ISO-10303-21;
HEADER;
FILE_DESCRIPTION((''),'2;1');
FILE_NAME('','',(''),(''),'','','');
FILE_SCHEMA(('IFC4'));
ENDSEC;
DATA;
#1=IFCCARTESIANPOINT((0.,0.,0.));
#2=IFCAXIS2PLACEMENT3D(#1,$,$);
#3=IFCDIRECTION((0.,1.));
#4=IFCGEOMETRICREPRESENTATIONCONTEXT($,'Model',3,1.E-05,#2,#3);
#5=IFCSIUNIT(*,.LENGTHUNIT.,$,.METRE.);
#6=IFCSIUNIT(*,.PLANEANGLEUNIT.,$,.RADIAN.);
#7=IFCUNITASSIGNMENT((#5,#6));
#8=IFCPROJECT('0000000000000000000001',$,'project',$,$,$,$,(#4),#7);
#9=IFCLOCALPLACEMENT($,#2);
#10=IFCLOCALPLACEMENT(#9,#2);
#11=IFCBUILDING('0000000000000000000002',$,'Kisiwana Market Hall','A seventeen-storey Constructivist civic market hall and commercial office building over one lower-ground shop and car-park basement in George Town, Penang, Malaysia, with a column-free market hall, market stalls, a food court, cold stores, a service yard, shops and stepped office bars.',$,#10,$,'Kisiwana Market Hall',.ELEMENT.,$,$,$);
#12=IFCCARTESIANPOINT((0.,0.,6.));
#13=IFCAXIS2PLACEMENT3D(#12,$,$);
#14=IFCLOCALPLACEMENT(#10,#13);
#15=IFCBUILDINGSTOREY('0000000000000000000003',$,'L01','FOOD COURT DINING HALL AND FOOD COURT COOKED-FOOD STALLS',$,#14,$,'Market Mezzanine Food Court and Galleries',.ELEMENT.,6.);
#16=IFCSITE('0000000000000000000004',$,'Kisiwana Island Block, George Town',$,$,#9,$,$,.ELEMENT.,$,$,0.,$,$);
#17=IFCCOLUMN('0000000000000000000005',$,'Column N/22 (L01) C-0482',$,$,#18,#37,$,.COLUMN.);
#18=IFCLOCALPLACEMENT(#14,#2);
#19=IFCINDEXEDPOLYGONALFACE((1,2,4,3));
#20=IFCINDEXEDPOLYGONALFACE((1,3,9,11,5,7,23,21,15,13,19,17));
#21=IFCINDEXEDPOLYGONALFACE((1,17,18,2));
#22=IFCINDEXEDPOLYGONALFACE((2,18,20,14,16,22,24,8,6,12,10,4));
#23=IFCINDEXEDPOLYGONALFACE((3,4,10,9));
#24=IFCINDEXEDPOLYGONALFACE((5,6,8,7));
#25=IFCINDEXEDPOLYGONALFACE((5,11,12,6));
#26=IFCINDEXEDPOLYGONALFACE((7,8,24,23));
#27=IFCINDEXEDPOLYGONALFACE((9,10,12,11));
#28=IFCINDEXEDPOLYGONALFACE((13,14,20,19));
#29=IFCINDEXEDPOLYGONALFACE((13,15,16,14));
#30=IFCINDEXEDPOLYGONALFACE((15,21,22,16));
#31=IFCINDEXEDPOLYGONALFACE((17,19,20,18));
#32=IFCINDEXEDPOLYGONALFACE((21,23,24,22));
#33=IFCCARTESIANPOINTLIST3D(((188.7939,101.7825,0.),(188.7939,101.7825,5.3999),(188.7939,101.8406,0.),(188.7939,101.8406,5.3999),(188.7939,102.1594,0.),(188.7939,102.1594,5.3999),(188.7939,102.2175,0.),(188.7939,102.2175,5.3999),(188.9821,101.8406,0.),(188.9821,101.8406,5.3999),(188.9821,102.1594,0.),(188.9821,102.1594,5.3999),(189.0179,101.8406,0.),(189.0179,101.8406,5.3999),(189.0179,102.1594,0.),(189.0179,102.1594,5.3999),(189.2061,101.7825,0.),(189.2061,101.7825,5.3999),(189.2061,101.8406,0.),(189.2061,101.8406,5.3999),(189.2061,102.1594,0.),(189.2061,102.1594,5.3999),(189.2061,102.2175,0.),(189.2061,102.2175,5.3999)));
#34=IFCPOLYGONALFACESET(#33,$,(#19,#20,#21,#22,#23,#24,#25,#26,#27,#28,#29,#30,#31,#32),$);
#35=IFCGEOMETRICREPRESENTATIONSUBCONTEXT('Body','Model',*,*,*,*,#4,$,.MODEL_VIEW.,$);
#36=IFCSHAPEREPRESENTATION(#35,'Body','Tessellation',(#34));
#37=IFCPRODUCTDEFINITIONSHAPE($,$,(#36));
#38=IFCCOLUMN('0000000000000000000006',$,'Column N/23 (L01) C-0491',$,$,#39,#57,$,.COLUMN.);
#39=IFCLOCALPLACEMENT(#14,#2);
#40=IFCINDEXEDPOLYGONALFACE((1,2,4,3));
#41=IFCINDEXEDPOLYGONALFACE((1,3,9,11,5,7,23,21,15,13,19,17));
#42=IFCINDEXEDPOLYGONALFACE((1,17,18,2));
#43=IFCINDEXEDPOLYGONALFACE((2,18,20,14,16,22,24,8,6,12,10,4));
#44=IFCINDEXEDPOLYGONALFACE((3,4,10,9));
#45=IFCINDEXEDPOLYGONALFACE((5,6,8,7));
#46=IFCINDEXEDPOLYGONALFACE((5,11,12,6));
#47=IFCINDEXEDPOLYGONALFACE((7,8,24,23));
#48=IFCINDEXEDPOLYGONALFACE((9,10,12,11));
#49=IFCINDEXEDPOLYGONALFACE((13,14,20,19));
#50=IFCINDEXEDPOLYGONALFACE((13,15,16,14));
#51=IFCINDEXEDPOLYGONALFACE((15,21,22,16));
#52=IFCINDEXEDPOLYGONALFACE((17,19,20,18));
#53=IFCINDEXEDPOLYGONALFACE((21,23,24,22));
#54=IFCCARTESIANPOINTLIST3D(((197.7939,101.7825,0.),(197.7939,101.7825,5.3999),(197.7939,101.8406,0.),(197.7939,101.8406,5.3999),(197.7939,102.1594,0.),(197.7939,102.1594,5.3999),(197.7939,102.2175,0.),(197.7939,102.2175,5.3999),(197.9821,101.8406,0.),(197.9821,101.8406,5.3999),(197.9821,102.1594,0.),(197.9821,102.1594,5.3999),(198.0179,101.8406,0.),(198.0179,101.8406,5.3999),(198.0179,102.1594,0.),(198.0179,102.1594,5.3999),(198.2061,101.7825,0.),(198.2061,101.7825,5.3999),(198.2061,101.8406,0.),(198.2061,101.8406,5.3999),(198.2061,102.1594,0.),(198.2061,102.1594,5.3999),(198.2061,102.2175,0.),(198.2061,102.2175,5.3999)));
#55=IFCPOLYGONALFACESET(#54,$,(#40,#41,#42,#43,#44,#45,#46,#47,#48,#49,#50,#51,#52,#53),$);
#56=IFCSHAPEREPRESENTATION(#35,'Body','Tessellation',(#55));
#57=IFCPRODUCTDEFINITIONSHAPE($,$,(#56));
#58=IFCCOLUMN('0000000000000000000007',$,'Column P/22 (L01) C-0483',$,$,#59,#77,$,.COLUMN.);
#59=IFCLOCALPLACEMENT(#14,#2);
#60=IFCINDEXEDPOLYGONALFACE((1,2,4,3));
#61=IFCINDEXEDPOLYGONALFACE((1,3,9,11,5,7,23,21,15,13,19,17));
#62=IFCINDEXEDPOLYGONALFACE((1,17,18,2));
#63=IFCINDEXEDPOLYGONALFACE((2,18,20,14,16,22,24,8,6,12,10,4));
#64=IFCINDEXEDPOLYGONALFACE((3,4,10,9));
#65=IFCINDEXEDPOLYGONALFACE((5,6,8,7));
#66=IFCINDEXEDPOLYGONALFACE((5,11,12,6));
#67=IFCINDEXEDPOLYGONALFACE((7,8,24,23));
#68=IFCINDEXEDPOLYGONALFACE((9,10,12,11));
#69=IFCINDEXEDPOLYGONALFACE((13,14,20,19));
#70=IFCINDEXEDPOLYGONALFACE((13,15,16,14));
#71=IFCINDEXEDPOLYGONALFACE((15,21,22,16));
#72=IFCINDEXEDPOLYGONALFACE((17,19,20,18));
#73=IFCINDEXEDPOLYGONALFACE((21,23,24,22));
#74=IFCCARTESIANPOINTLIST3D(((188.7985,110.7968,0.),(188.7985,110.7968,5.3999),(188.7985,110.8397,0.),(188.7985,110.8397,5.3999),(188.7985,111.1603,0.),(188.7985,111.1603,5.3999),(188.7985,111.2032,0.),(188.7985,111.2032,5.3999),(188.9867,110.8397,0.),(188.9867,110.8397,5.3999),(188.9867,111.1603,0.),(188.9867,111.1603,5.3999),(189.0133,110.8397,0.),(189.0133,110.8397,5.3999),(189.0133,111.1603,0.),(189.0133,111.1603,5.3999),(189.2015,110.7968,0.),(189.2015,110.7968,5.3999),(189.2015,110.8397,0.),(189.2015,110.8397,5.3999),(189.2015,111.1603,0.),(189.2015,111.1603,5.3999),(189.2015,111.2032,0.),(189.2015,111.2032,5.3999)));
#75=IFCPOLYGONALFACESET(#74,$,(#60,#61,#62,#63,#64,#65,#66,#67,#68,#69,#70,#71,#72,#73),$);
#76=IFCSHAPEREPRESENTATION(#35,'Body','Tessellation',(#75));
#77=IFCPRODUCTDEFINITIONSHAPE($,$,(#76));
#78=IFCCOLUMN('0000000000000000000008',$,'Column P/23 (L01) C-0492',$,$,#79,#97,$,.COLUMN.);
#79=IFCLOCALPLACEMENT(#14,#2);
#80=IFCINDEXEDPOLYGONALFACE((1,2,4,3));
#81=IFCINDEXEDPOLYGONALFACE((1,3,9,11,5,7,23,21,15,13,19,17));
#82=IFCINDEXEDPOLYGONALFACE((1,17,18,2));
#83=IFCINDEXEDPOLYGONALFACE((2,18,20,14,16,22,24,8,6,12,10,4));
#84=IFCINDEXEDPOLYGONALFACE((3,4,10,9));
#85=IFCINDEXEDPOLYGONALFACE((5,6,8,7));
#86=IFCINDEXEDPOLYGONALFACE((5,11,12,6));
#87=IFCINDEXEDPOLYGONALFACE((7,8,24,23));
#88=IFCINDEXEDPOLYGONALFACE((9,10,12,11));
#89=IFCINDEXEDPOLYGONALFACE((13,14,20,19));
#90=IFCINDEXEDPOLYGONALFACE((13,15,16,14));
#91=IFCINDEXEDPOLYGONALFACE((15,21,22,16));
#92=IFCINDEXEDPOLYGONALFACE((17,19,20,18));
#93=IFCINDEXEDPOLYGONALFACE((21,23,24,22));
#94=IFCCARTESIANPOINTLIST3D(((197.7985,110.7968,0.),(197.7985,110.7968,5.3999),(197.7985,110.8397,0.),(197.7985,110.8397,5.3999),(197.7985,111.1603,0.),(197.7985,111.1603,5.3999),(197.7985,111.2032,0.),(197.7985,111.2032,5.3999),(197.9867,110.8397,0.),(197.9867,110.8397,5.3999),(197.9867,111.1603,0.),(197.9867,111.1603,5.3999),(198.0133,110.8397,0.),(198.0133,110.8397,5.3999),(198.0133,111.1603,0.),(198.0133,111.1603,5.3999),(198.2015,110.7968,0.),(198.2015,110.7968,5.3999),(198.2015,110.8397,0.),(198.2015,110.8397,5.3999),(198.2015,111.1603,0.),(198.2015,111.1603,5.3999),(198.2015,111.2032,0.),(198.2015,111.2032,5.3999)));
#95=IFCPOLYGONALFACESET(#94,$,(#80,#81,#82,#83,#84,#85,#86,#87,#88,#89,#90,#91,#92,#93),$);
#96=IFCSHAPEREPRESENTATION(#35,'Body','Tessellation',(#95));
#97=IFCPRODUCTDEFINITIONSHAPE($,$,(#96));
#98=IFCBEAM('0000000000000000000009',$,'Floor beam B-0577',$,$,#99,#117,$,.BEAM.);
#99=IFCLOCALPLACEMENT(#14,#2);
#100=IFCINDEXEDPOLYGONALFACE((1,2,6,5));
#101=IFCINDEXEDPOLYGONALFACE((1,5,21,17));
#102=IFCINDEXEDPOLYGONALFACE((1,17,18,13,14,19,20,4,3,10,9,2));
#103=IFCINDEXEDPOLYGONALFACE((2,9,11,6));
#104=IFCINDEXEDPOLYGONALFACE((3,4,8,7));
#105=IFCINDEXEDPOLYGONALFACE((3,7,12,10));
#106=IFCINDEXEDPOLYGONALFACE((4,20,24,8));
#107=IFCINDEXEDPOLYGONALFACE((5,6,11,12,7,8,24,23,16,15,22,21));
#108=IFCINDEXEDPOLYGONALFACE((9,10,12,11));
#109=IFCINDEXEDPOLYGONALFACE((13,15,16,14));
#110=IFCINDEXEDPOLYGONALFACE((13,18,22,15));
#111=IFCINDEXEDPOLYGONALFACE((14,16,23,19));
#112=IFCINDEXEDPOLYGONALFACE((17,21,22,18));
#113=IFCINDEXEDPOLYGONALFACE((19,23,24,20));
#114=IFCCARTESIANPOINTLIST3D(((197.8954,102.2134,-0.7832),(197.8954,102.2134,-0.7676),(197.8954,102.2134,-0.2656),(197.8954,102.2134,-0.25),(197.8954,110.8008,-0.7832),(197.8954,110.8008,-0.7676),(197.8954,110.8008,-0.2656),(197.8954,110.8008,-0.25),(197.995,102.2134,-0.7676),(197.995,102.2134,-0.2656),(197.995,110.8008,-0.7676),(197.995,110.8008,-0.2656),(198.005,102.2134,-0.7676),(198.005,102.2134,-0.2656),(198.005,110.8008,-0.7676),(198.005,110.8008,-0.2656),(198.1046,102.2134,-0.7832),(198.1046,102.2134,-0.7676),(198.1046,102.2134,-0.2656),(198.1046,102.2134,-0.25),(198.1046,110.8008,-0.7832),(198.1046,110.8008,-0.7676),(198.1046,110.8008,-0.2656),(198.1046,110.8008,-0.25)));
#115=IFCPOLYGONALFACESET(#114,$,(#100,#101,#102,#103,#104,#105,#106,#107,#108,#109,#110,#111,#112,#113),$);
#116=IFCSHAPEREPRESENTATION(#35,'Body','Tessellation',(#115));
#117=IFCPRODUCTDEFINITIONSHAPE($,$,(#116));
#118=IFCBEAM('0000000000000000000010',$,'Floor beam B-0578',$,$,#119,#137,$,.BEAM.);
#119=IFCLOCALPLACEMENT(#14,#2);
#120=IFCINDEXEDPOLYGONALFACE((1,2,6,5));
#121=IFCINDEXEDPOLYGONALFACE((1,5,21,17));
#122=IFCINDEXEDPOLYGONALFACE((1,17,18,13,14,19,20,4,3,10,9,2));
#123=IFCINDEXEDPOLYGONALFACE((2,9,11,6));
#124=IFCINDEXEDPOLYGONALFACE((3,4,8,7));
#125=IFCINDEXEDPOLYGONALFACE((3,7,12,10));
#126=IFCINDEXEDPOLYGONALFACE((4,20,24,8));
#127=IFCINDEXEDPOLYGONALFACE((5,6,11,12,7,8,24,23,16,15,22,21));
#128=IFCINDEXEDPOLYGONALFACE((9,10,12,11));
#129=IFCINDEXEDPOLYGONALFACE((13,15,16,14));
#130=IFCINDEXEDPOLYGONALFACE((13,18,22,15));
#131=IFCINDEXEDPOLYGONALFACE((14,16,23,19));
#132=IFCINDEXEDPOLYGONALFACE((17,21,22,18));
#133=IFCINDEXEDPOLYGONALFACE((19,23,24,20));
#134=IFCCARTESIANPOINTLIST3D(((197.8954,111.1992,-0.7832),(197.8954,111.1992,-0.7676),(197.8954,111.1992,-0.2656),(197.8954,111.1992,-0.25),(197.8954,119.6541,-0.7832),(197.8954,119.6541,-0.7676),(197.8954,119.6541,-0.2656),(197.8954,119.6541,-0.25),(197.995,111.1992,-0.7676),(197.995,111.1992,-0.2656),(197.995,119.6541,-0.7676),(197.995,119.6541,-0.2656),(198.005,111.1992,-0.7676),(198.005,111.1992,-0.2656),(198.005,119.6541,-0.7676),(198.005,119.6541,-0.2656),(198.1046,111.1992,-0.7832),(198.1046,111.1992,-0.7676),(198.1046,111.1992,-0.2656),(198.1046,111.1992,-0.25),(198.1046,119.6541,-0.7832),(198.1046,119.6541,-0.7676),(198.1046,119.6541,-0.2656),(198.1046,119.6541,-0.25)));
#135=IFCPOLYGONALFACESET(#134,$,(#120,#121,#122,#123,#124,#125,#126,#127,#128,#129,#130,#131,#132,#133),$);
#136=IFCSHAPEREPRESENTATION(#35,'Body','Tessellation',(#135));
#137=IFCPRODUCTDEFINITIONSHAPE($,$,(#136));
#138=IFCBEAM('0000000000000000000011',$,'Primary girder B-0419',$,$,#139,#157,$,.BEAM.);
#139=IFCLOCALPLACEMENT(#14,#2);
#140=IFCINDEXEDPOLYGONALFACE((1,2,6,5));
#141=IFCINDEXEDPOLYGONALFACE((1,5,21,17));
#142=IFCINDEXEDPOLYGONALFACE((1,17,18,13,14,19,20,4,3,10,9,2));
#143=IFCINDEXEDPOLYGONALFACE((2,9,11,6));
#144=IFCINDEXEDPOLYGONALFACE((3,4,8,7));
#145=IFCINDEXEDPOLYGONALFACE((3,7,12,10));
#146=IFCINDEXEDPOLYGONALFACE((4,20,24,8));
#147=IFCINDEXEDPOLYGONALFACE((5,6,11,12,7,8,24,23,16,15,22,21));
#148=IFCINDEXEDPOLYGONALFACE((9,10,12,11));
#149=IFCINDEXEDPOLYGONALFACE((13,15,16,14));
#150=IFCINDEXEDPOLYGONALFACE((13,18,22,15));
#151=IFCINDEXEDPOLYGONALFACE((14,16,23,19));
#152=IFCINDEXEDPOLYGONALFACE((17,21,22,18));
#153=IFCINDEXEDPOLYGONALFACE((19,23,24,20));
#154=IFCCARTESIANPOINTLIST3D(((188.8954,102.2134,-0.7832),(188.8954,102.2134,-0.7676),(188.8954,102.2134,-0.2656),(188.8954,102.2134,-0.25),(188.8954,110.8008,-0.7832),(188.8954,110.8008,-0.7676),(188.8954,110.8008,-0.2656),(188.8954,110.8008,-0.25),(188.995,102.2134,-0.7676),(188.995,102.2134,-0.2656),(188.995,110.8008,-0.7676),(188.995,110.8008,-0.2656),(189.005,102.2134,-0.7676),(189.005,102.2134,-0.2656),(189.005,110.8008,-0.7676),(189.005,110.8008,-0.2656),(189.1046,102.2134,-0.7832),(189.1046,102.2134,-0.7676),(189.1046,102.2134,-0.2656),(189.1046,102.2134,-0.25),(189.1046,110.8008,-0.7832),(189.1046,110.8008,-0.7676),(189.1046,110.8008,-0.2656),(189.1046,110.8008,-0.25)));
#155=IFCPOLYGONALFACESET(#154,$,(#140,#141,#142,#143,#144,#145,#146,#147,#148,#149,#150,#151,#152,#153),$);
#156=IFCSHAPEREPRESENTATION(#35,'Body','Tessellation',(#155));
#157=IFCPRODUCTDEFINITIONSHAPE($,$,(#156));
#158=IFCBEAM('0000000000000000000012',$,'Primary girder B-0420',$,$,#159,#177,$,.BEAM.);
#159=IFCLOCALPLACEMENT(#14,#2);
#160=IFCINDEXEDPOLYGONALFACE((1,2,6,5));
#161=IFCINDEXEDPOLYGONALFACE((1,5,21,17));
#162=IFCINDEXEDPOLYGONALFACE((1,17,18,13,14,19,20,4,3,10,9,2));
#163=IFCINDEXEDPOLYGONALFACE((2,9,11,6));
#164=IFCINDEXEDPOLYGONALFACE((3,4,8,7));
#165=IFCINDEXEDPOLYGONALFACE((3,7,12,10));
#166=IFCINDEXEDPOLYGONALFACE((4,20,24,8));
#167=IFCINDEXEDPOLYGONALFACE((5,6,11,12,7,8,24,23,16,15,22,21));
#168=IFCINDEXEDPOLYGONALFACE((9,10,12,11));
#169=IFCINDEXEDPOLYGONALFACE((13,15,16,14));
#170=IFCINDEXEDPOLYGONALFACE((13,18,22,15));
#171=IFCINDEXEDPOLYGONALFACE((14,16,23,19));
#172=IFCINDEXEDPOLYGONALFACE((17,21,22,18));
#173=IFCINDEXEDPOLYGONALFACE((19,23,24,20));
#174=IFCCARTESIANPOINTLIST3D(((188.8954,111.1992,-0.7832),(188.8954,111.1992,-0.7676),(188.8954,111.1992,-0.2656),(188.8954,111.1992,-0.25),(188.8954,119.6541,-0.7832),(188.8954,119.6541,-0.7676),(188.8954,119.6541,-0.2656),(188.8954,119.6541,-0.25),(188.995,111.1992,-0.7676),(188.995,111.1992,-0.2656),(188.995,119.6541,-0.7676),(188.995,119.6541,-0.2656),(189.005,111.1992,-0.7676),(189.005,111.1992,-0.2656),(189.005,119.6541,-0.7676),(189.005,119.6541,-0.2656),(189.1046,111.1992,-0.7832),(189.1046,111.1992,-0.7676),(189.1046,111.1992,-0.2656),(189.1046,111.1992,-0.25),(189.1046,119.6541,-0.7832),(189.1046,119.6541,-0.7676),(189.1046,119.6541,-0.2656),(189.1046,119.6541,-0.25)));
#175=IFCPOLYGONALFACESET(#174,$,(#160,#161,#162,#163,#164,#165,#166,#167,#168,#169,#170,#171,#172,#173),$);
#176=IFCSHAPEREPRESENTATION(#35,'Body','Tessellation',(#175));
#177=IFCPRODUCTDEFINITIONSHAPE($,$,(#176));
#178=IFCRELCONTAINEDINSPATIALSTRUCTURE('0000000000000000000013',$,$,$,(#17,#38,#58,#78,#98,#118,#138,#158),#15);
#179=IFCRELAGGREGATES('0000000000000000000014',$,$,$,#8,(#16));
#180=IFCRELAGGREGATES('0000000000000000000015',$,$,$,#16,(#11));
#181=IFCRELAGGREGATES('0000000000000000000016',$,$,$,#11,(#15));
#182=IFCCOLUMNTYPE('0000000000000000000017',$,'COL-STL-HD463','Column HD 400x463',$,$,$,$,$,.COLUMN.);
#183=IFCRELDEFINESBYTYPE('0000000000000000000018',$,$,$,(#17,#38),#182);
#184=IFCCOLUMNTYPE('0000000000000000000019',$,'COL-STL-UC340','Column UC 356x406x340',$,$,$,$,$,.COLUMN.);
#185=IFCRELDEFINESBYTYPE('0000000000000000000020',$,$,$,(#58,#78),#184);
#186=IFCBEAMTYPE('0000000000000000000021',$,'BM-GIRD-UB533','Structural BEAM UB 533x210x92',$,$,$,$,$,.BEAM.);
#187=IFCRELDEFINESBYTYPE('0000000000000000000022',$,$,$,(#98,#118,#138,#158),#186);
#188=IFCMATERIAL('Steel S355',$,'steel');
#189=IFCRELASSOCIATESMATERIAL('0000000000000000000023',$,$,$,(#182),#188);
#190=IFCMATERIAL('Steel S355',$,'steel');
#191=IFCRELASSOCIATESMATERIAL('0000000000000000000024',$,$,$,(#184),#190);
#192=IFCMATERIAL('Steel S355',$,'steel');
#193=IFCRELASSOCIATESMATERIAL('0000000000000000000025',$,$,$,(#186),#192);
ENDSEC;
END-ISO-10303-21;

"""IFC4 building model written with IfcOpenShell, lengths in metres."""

from ifc_helpers import new_model, si_unit, direction, frame, origin, origin_2d, place, context, subcontext, project, spatial, i_section, extrude, material, material_profile, profile_set, type_object, element, save


model = new_model("IFC4")

# Units and contexts
model_context = context("Model", 3, precision=1e-05, world=origin(), true_north=direction((0.0, 1.0)))
body_context = subcontext(model_context, "Body", "Model", "MODEL_VIEW")
ifc_project = project(units=[si_unit("LENGTHUNIT", "METRE"), si_unit("PLANEANGLEUNIT", "RADIAN")], contexts=[model_context])

# Site, building, storey
site_placement = place(None, origin())
site = spatial("IfcSite", under=ifc_project, at=site_placement, Name="Kisiwana Island Block, George Town", CompositionType="ELEMENT", RefElevation=0.0)
building_placement = place(site_placement, origin())
building = spatial("IfcBuilding", under=site, at=building_placement, Name="Kisiwana Market Hall", Description="A seventeen-storey Constructivist civic market hall and commercial office building over one lower-ground shop and car-park basement in George Town, Penang, Malaysia, with a column-free market hall, market stalls, a food court, cold stores, a service yard, shops and stepped office bars.", LongName="Kisiwana Market Hall", CompositionType="ELEMENT")
storey_placement = place(building_placement, frame((0.0, 0.0, 6.0)))
storey = spatial("IfcBuildingStorey", under=building, at=storey_placement, Name="L01", Description="FOOD COURT DINING HALL AND FOOD COURT COOKED-FOOD STALLS", LongName="Market Mezzanine Food Court and Galleries", CompositionType="ELEMENT", Elevation=6.0)

# Columns
ifc_material_1 = material(Name="Steel S355", Category="steel")
ifc_material_profile_1 = material_profile(ifc_material_1, i_section(OverallWidth=0.4121, OverallDepth=0.4351, WebThickness=0.0359, FlangeThickness=0.0581, at=origin_2d()), Name="HD 400x463")
ifc_profile_set_1 = profile_set([ifc_material_profile_1], Name="Steel S355")
column_type_1 = type_object("IfcColumnType", Name="COL-STL-HD463", Description="Column HD 400x463", PredefinedType="COLUMN", material=ifc_profile_set_1)
for number, where, z_axis, x_axis, name in (
    (1, (189.0, 102.0, 0.0), (0.0, 0.0, 1.0), (1.0, 0.0, 0.0), "Column N/22 (L01) C-0482"),
    (2, (198.0, 102.0, 0.0), (0.0, 0.0, 1.0), (1.0, 0.0, 0.0), "Column N/23 (L01) C-0491"),
):
    element("IfcColumn", number, at=place(storey_placement, frame(where, z_axis=z_axis, x_axis=x_axis)), inside=storey, type_object=column_type_1, Name=name, PredefinedType="COLUMN", context=body_context, shape_type="SweptSolid", body=[
        extrude(i_section(OverallWidth=0.4121, OverallDepth=0.4351, WebThickness=0.0359, FlangeThickness=0.0581, at=origin_2d()), origin(), (0.0, 0.0, 1.0), 5.3999),
    ])
ifc_material_2 = material(Name="Steel S355", Category="steel")
ifc_material_profile_2 = material_profile(ifc_material_2, i_section(OverallWidth=0.4031, OverallDepth=0.4065, WebThickness=0.0266, FlangeThickness=0.043, at=origin_2d()), Name="UC 356x406x340")
ifc_profile_set_2 = profile_set([ifc_material_profile_2], Name="Steel S355")
column_type_2 = type_object("IfcColumnType", Name="COL-STL-UC340", Description="Column UC 356x406x340", PredefinedType="COLUMN", material=ifc_profile_set_2)
for number, where, z_axis, x_axis, name in (
    (3, (189.0, 111.0, 0.0), (0.0, 0.0, 1.0), (1.0, 0.0, 0.0), "Column P/22 (L01) C-0483"),
    (4, (198.0, 111.0, 0.0), (0.0, 0.0, 1.0), (1.0, 0.0, 0.0), "Column P/23 (L01) C-0492"),
):
    element("IfcColumn", number, at=place(storey_placement, frame(where, z_axis=z_axis, x_axis=x_axis)), inside=storey, type_object=column_type_2, Name=name, PredefinedType="COLUMN", context=body_context, shape_type="SweptSolid", body=[
        extrude(i_section(OverallWidth=0.4031, OverallDepth=0.4065, WebThickness=0.0266, FlangeThickness=0.043, at=origin_2d()), origin(), (0.0, 0.0, 1.0), 5.3999),
    ])

# Beams
ifc_material_3 = material(Name="Steel S355", Category="steel")
ifc_material_profile_3 = material_profile(ifc_material_3, i_section(OverallWidth=0.2092, OverallDepth=0.5332, WebThickness=0.01, FlangeThickness=0.0156, at=origin_2d()), Name="UB 533x210x92")
ifc_profile_set_3 = profile_set([ifc_material_profile_3], Name="Steel S355")
beam_type_1 = type_object("IfcBeamType", Name="BM-GIRD-UB533", Description="Structural BEAM UB 533x210x92", PredefinedType="BEAM", material=ifc_profile_set_3)
beam_1_placement = place(storey_placement, frame((198.0, 102.2134, -0.5166), z_axis=(0.0, 1.0, 0.0), x_axis=(-1.0, 0.0, 0.0)))
element("IfcBeam", 5, at=beam_1_placement, inside=storey, type_object=beam_type_1, Name="Floor beam B-0577", PredefinedType="BEAM", context=body_context, shape_type="SweptSolid", body=[
    extrude(i_section(OverallWidth=0.2092, OverallDepth=0.5332, WebThickness=0.01, FlangeThickness=0.0156, at=origin_2d()), origin(), (0.0, 0.0, 1.0), 8.5874),
])
beam_2_placement = place(storey_placement, frame((198.0, 111.1992, -0.5166), z_axis=(0.0, 1.0, 0.0), x_axis=(-1.0, 0.0, 0.0)))
element("IfcBeam", 6, at=beam_2_placement, inside=storey, type_object=beam_type_1, Name="Floor beam B-0578", PredefinedType="BEAM", context=body_context, shape_type="SweptSolid", body=[
    extrude(i_section(OverallWidth=0.2092, OverallDepth=0.5332, WebThickness=0.01, FlangeThickness=0.0156, at=origin_2d()), origin(), (0.0, 0.0, 1.0), 8.4548),
])
beam_3_placement = place(storey_placement, frame((189.0, 102.2134, -0.5166), z_axis=(0.0, 1.0, 0.0), x_axis=(-1.0, 0.0, 0.0)))
element("IfcBeam", 7, at=beam_3_placement, inside=storey, type_object=beam_type_1, Name="Primary girder B-0419", PredefinedType="BEAM", context=body_context, shape_type="SweptSolid", body=[
    extrude(i_section(OverallWidth=0.2092, OverallDepth=0.5332, WebThickness=0.01, FlangeThickness=0.0156, at=origin_2d()), origin(), (0.0, 0.0, 1.0), 8.5874),
])
beam_4_placement = place(storey_placement, frame((189.0, 111.1992, -0.5166), z_axis=(0.0, 1.0, 0.0), x_axis=(-1.0, 0.0, 0.0)))
element("IfcBeam", 8, at=beam_4_placement, inside=storey, type_object=beam_type_1, Name="Primary girder B-0420", PredefinedType="BEAM", context=body_context, shape_type="SweptSolid", body=[
    extrude(i_section(OverallWidth=0.2092, OverallDepth=0.5332, WebThickness=0.01, FlangeThickness=0.0156, at=origin_2d()), origin(), (0.0, 0.0, 1.0), 8.4548),
])

save(model, "model.ifc")
